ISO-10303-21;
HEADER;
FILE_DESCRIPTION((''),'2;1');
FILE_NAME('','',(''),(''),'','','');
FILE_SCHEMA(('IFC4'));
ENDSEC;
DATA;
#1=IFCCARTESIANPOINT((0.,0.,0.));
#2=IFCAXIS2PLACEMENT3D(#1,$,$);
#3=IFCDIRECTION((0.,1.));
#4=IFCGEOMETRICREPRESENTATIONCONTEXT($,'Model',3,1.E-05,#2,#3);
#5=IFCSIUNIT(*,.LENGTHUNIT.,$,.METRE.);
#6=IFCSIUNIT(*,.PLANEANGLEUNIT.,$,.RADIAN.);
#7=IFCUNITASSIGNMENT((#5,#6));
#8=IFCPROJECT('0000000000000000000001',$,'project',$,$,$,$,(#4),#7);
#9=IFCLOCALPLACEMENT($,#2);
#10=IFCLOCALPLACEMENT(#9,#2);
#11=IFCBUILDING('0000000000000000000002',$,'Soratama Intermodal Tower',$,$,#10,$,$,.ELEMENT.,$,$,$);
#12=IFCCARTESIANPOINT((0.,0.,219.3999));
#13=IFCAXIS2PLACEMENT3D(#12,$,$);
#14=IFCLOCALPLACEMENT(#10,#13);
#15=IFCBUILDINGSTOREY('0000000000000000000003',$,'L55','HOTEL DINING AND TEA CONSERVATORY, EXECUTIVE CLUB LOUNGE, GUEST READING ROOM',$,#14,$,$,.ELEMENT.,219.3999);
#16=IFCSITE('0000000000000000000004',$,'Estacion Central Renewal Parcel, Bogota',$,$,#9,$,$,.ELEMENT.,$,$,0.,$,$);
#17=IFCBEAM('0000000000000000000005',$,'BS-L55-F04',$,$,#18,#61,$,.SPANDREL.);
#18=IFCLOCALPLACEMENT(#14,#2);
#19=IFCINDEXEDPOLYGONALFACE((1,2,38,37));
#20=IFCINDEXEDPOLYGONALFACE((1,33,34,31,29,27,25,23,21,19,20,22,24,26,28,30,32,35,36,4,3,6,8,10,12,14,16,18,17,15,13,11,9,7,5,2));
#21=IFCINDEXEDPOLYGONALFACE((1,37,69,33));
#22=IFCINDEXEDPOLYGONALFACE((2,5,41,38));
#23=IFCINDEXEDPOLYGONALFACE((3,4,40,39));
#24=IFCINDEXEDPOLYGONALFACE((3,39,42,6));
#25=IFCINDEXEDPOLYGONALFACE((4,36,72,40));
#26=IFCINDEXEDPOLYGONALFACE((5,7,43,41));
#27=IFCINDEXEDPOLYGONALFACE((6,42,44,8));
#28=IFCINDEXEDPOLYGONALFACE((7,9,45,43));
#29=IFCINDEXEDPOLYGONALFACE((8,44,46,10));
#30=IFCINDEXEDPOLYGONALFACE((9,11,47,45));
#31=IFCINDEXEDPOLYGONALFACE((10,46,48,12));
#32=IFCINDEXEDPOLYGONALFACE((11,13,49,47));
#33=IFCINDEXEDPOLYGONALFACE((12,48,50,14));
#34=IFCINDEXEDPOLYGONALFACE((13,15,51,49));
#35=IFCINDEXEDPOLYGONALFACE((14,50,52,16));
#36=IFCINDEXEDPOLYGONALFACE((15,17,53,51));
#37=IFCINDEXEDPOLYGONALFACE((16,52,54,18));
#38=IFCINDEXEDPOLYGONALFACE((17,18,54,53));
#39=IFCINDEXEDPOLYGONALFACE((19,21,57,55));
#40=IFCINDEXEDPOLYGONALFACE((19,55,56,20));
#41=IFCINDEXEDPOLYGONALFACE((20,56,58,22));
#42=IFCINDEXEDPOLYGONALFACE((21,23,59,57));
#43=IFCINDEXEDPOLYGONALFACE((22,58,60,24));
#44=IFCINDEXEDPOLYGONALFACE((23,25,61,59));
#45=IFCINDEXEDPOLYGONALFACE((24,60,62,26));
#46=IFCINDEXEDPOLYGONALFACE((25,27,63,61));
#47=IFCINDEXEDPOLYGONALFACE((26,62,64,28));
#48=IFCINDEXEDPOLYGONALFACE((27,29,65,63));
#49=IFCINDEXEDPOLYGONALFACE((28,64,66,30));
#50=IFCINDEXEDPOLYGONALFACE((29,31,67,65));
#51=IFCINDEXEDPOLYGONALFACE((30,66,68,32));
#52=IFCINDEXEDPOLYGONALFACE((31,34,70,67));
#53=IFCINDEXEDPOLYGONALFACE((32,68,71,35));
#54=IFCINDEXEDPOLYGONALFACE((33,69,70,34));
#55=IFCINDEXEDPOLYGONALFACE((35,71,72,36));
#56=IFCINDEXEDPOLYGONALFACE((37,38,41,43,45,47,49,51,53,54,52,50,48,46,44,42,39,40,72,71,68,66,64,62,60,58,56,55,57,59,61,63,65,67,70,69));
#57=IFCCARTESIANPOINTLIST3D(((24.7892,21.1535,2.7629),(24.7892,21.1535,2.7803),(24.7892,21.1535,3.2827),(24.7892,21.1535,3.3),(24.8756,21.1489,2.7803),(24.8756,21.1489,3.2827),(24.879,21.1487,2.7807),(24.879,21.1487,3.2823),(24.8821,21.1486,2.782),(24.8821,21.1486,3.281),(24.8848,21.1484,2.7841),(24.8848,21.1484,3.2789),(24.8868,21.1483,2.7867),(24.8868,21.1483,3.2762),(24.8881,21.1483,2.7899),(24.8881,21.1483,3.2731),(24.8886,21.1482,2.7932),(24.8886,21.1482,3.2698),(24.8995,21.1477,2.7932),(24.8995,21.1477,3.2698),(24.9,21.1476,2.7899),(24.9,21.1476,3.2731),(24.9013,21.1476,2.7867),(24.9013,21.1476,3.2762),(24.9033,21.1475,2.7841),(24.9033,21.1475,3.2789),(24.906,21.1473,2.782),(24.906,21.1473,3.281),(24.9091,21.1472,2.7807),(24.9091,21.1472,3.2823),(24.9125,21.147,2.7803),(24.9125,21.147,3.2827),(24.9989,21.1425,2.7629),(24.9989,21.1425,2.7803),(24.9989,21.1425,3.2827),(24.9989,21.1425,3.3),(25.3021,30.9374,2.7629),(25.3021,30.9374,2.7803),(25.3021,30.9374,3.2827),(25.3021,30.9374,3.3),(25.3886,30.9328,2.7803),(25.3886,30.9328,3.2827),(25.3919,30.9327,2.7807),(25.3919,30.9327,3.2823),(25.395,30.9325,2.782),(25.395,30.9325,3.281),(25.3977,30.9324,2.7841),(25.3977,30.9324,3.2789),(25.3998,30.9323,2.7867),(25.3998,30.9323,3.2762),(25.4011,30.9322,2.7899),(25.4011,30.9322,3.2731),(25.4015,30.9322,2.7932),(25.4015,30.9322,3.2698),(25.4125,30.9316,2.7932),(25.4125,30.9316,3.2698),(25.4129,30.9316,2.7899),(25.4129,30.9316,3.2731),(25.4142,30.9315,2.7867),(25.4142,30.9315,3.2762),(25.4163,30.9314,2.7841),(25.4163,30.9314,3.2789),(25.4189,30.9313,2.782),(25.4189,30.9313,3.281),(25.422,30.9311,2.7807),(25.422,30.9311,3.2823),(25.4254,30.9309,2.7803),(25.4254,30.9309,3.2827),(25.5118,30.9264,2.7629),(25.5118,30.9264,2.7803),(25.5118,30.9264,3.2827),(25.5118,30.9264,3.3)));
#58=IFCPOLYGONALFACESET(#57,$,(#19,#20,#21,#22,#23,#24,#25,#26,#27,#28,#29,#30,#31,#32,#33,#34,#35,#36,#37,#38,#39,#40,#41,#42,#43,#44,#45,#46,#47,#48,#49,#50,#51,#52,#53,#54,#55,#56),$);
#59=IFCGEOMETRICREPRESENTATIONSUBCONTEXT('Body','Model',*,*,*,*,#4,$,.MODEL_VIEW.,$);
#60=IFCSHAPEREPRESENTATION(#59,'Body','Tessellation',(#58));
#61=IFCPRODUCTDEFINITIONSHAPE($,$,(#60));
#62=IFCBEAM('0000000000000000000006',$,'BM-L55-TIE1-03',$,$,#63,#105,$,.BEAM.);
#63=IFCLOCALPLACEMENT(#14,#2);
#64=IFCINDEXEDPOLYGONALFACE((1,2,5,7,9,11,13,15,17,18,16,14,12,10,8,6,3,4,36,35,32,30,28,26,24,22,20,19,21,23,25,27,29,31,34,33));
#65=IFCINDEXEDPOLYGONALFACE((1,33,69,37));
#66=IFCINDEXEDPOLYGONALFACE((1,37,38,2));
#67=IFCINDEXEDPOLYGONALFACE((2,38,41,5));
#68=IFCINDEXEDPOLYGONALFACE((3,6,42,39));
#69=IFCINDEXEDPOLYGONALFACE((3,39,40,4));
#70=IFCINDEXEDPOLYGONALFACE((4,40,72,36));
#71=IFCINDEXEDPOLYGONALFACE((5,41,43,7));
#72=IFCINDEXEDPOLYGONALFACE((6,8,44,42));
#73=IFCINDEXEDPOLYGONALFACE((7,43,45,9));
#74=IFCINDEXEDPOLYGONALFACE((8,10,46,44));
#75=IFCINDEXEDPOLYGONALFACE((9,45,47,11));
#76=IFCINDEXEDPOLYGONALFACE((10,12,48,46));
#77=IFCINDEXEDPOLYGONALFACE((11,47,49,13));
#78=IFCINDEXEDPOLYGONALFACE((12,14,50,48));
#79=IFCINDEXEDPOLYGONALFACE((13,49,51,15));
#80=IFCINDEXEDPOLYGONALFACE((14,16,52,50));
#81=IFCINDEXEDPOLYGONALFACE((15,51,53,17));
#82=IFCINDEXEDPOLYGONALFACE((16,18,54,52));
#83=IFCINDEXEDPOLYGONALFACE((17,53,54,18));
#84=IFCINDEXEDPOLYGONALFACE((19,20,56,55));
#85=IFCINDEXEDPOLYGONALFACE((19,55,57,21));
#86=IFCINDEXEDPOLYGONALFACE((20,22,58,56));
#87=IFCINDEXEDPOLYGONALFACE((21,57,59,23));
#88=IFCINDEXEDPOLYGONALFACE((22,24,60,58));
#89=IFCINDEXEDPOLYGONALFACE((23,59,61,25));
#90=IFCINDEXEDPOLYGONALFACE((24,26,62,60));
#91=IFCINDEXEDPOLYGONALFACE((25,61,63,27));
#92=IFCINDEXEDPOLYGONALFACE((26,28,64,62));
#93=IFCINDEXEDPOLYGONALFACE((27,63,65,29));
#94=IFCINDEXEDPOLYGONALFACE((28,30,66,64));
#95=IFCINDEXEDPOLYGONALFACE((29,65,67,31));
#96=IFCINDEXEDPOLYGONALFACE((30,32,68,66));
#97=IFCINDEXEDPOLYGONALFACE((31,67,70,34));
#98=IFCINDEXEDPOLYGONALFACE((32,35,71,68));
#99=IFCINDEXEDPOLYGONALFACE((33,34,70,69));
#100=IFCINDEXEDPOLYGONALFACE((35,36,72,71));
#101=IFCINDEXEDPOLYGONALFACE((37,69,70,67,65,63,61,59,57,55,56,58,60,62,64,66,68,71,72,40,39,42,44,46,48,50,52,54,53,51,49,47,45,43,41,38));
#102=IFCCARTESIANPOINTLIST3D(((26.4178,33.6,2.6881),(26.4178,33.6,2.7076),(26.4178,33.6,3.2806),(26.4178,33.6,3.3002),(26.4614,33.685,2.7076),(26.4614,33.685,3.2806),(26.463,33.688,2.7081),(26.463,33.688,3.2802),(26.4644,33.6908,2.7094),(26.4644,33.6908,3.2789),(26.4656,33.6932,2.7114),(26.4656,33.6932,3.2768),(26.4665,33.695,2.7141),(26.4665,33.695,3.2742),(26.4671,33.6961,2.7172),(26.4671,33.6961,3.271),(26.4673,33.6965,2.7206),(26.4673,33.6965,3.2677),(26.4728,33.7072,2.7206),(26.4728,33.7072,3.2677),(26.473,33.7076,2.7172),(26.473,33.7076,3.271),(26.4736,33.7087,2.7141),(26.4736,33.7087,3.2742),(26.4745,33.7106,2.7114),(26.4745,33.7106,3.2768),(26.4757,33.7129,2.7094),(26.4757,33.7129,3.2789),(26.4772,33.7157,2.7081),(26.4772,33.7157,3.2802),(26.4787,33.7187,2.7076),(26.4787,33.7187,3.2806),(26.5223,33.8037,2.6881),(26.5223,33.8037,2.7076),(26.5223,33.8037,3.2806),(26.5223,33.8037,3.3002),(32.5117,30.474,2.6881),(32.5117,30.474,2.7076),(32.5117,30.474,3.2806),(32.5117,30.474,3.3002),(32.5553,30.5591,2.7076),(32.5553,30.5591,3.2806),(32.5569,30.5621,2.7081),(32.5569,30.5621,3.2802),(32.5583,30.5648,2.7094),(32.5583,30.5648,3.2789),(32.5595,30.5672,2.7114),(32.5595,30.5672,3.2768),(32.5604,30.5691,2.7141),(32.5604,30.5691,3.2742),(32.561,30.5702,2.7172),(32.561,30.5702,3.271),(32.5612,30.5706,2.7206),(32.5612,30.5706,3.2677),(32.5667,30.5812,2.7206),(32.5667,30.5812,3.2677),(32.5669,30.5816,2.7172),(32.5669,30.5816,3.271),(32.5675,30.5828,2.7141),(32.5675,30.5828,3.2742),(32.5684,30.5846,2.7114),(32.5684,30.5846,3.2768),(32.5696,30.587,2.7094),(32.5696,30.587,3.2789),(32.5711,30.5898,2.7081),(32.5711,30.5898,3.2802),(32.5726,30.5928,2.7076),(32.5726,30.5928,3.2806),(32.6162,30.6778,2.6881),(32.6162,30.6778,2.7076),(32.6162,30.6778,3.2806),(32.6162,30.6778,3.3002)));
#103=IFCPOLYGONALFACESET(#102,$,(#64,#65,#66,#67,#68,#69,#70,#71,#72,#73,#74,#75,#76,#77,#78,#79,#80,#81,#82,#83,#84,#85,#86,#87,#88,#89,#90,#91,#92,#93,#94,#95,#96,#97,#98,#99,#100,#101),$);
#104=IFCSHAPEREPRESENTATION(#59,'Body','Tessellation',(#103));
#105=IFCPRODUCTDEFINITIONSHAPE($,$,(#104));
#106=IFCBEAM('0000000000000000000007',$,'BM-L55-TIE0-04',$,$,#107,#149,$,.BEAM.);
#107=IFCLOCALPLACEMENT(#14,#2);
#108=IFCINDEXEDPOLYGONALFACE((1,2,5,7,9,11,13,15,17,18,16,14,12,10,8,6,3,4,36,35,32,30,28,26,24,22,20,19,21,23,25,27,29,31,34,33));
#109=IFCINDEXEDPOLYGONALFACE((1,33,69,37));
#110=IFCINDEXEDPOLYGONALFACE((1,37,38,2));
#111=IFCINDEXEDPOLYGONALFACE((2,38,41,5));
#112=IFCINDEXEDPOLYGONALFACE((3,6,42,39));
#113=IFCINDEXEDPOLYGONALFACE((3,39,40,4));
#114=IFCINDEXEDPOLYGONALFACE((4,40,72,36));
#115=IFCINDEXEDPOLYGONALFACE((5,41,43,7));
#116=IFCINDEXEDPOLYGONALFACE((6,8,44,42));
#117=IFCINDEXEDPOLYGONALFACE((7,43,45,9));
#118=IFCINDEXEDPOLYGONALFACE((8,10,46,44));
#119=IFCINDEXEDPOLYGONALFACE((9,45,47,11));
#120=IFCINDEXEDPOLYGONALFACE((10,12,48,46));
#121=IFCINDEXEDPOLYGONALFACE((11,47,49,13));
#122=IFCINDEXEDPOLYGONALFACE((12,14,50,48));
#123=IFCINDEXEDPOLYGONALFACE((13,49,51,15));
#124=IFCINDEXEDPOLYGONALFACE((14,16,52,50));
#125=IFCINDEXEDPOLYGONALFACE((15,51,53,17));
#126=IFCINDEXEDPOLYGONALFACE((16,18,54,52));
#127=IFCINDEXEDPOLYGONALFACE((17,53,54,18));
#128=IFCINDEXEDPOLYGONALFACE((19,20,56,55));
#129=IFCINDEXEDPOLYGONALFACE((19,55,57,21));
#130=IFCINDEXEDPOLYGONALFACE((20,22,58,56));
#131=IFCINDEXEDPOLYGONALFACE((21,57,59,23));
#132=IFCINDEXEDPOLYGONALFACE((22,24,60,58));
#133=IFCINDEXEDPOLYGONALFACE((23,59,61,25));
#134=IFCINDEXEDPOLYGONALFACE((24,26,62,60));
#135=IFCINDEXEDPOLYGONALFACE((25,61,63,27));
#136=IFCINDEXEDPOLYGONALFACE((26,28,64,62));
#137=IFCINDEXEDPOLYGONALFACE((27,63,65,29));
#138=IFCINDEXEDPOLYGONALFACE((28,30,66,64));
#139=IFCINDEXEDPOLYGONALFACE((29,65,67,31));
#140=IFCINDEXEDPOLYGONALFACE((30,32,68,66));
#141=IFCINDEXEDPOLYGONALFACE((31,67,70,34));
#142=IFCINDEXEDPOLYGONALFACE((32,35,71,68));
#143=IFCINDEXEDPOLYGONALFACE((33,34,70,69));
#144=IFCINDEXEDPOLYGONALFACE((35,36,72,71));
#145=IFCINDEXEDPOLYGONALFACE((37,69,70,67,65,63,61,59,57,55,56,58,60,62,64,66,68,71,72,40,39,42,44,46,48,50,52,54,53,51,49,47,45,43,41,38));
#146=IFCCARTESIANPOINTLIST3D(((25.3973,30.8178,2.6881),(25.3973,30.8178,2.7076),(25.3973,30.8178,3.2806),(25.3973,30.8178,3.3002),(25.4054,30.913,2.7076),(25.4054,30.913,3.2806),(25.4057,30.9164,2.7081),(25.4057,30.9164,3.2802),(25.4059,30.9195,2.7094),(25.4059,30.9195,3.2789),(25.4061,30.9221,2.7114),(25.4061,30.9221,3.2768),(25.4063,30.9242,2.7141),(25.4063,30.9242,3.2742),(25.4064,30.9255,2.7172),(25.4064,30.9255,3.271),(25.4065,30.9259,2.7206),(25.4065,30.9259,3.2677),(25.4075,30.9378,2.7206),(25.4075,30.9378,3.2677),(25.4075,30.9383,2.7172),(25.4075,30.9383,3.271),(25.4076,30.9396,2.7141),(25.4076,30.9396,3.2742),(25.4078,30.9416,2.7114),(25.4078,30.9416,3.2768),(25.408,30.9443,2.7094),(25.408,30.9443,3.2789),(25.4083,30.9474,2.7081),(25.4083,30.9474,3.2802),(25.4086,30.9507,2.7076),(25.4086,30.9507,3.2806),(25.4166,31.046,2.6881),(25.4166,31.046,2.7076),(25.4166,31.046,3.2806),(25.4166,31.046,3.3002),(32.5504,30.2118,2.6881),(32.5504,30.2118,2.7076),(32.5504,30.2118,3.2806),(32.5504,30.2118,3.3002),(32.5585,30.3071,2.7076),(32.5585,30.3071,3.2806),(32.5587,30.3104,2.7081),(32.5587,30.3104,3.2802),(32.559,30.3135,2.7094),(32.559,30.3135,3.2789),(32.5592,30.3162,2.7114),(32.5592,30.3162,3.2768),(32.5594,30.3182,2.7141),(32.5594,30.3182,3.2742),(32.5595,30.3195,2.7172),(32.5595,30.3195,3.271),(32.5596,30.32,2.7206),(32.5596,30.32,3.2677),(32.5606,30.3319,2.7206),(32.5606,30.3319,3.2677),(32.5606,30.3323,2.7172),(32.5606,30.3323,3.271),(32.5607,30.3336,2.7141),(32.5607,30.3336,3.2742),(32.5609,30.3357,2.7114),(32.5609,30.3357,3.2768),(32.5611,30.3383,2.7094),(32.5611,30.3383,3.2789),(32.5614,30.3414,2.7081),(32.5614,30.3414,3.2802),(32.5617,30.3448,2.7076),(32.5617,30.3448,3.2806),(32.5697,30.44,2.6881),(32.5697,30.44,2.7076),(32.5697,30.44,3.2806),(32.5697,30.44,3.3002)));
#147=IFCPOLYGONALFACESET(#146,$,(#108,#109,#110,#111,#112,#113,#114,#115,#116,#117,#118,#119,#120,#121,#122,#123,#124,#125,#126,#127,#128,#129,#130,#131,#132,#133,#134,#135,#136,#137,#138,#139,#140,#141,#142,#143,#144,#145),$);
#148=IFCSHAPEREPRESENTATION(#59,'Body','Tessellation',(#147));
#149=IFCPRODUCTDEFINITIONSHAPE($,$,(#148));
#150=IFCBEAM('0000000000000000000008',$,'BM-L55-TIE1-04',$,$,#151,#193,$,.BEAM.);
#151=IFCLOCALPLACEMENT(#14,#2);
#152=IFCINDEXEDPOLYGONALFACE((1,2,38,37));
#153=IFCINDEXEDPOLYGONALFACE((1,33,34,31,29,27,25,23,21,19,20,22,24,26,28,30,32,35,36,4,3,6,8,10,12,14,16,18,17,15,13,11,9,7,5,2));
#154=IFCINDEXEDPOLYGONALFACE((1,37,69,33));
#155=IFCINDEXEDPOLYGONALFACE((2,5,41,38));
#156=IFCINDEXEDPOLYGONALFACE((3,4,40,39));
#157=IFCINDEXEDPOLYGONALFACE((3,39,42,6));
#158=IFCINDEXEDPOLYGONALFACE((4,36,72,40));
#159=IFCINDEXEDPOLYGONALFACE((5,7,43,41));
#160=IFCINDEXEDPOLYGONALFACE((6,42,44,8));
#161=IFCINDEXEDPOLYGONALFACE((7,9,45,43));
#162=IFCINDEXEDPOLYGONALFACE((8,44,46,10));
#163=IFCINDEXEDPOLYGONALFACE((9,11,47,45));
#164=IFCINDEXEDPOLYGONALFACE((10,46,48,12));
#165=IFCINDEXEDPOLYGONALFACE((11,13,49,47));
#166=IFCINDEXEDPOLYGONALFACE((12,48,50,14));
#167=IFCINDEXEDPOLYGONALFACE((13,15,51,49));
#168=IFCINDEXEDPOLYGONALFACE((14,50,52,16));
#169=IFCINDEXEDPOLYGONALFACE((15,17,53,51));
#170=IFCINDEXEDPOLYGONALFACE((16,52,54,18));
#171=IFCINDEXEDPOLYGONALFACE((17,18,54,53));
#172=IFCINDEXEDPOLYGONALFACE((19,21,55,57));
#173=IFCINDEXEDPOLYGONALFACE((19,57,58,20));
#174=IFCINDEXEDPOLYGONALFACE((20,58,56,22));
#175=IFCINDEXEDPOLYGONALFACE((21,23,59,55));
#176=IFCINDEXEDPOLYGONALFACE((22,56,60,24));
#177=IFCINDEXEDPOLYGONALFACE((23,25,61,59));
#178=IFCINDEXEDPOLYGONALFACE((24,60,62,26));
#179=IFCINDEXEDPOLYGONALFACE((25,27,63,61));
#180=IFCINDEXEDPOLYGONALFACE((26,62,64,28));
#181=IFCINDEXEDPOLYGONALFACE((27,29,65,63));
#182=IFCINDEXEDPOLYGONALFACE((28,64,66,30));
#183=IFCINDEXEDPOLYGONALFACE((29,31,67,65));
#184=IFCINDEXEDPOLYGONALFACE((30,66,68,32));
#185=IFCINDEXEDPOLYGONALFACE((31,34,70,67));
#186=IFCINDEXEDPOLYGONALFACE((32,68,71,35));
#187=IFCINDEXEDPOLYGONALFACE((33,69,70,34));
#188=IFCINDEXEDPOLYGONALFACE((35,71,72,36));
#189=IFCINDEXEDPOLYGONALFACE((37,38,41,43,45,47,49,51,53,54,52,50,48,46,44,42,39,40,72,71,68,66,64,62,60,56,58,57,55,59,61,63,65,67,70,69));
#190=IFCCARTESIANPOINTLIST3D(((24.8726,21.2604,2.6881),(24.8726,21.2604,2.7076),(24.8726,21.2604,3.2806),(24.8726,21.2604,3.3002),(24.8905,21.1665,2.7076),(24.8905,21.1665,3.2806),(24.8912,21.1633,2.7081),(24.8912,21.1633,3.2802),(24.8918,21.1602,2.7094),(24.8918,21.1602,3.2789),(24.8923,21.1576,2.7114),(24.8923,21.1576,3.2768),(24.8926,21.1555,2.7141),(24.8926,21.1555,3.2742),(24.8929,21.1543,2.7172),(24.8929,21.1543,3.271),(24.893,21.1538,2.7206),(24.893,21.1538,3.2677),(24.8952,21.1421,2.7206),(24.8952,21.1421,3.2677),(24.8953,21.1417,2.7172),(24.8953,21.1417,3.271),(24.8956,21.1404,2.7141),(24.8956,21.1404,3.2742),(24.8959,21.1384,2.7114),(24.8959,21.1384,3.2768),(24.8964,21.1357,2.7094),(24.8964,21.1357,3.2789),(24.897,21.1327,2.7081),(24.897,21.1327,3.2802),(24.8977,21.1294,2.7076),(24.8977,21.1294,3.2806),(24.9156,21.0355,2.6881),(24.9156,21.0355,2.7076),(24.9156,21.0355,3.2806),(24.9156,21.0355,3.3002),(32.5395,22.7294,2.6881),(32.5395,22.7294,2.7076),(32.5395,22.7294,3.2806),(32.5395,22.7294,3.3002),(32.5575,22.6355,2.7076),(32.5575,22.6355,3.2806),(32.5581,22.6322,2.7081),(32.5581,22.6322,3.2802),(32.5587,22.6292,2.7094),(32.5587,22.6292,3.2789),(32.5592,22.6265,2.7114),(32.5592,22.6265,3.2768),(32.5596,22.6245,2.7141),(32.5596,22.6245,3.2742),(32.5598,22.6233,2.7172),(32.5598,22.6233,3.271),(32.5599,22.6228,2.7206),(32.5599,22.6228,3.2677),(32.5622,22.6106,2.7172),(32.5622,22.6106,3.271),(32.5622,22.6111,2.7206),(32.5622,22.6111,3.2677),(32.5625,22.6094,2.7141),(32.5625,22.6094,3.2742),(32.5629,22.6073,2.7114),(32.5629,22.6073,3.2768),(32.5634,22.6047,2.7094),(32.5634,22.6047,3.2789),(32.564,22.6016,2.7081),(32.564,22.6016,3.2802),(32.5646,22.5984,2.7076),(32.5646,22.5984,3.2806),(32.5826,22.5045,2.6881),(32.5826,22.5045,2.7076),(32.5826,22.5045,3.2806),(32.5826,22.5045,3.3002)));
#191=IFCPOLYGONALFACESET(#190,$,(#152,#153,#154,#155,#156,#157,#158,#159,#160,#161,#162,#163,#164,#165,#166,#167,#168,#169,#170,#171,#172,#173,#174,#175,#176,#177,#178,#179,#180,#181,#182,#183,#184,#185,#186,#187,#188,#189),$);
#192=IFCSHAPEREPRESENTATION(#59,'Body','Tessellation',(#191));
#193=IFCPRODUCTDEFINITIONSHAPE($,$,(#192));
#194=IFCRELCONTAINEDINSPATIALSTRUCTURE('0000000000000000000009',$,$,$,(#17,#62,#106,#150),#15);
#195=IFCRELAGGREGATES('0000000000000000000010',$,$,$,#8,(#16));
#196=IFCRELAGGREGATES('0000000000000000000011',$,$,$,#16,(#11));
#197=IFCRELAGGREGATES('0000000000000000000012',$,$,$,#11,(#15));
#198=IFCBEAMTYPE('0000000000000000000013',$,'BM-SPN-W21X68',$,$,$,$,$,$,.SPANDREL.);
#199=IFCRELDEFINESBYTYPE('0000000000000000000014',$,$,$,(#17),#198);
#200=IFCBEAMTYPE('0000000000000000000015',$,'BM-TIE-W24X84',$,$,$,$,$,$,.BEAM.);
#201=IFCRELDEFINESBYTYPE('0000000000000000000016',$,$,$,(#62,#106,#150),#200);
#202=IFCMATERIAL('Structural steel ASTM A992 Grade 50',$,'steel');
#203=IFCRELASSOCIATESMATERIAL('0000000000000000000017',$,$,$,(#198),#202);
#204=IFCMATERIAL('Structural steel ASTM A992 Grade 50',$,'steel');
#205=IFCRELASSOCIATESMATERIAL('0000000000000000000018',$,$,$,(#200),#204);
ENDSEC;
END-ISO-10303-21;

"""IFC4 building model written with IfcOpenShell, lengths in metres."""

from ifc_helpers import new_model, si_unit, direction, frame, origin, origin_2d, place, context, subcontext, project, spatial, i_section, extrude, material, material_profile, profile_set, type_object, element, save


model = new_model("IFC4")

# Units and contexts
model_context = context("Model", 3, precision=1e-05, world=origin(), true_north=direction((0.0, 1.0)))
body_context = subcontext(model_context, "Body", "Model", "MODEL_VIEW")
ifc_project = project(units=[si_unit("LENGTHUNIT", "METRE"), si_unit("PLANEANGLEUNIT", "RADIAN")], contexts=[model_context])

# Site, building, storey
site_placement = place(None, origin())
site = spatial("IfcSite", under=ifc_project, at=site_placement, Name="Estacion Central Renewal Parcel, Bogota", CompositionType="ELEMENT", RefElevation=0.0)
building_placement = place(site_placement, origin())
building = spatial("IfcBuilding", under=site, at=building_placement, Name="Soratama Intermodal Tower", CompositionType="ELEMENT")
storey_placement = place(building_placement, frame((0.0, 0.0, 219.3999)))
storey = spatial("IfcBuildingStorey", under=building, at=storey_placement, Name="L55", Description="HOTEL DINING AND TEA CONSERVATORY, EXECUTIVE CLUB LOUNGE, GUEST READING ROOM", CompositionType="ELEMENT", Elevation=219.3999)

# Beams
ifc_material_1 = material(Name="Structural steel ASTM A992 Grade 50", Category="steel")
ifc_material_profile_1 = material_profile(ifc_material_1, i_section(OverallWidth=0.21, OverallDepth=0.5371, WebThickness=0.011, FlangeThickness=0.0173, FilletRadius=0.0129, at=origin_2d()), Name="W21X68")
ifc_profile_set_1 = profile_set([ifc_material_profile_1], Name="Structural steel ASTM A992 Grade 50")
beam_type_1 = type_object("IfcBeamType", Name="BM-SPN-W21X68", PredefinedType="SPANDREL", material=ifc_profile_set_1)
beam_1_placement = place(storey_placement, frame((25.407, 30.9319, 3.0315), z_axis=(-0.052355, -0.998629, 0.0), x_axis=(0.998629, -0.052355, 0.0)))
element("IfcBeam", 1, at=beam_1_placement, inside=storey, type_object=beam_type_1, Name="BS-L55-F04", PredefinedType="SPANDREL", context=body_context, shape_type="SweptSolid", body=[
    extrude(i_section(OverallWidth=0.21, OverallDepth=0.5371, WebThickness=0.011, FlangeThickness=0.0173, FilletRadius=0.0129, at=origin_2d()), origin(), (0.0, 0.0, 1.0), 9.7974),
])
ifc_material_2 = material(Name="Structural steel ASTM A992 Grade 50", Category="steel")
ifc_material_profile_2 = material_profile(ifc_material_2, i_section(OverallWidth=0.229, OverallDepth=0.6121, WebThickness=0.012, FlangeThickness=0.0195, FilletRadius=0.0129, at=origin_2d()), Name="W24X84")
ifc_profile_set_2 = profile_set([ifc_material_profile_2], Name="Structural steel ASTM A992 Grade 50")
beam_type_2 = type_object("IfcBeamType", Name="BM-TIE-W24X84", PredefinedType="BEAM", material=ifc_profile_set_2)
beam_2_placement = place(storey_placement, frame((32.564, 30.5759, 2.9941), z_axis=(-0.889767, 0.456415, 0.0), x_axis=(-0.456415, -0.889767, 0.0)))
element("IfcBeam", 2, at=beam_2_placement, inside=storey, type_object=beam_type_2, Name="BM-L55-TIE1-03", PredefinedType="BEAM", context=body_context, shape_type="SweptSolid", body=[
    extrude(i_section(OverallWidth=0.229, OverallDepth=0.6121, WebThickness=0.012, FlangeThickness=0.0195, FilletRadius=0.0129, at=origin_2d()), origin(), (0.0, 0.0, 1.0), 6.8489),
])
beam_3_placement = place(storey_placement, frame((32.5601, 30.3259, 2.9941), z_axis=(-0.996431, 0.08441, 0.0), x_axis=(-0.08441, -0.996431, 0.0)))
element("IfcBeam", 3, at=beam_3_placement, inside=storey, type_object=beam_type_2, Name="BM-L55-TIE0-04", PredefinedType="BEAM", context=body_context, shape_type="SweptSolid", body=[
    extrude(i_section(OverallWidth=0.229, OverallDepth=0.6121, WebThickness=0.012, FlangeThickness=0.0195, FilletRadius=0.0129, at=origin_2d()), origin(), (0.0, 0.0, 1.0), 7.1787),
])
beam_4_placement = place(storey_placement, frame((32.561, 22.6169, 2.9941), z_axis=(-0.982135, -0.188177, 0.0), x_axis=(0.188177, -0.982135, 0.0)))
element("IfcBeam", 4, at=beam_4_placement, inside=storey, type_object=beam_type_2, Name="BM-L55-TIE1-04", PredefinedType="BEAM", context=body_context, shape_type="SweptSolid", body=[
    extrude(i_section(OverallWidth=0.229, OverallDepth=0.6121, WebThickness=0.012, FlangeThickness=0.0195, FilletRadius=0.0129, at=origin_2d()), origin(), (0.0, 0.0, 1.0), 7.8064),
])

save(model, "model.ifc")
